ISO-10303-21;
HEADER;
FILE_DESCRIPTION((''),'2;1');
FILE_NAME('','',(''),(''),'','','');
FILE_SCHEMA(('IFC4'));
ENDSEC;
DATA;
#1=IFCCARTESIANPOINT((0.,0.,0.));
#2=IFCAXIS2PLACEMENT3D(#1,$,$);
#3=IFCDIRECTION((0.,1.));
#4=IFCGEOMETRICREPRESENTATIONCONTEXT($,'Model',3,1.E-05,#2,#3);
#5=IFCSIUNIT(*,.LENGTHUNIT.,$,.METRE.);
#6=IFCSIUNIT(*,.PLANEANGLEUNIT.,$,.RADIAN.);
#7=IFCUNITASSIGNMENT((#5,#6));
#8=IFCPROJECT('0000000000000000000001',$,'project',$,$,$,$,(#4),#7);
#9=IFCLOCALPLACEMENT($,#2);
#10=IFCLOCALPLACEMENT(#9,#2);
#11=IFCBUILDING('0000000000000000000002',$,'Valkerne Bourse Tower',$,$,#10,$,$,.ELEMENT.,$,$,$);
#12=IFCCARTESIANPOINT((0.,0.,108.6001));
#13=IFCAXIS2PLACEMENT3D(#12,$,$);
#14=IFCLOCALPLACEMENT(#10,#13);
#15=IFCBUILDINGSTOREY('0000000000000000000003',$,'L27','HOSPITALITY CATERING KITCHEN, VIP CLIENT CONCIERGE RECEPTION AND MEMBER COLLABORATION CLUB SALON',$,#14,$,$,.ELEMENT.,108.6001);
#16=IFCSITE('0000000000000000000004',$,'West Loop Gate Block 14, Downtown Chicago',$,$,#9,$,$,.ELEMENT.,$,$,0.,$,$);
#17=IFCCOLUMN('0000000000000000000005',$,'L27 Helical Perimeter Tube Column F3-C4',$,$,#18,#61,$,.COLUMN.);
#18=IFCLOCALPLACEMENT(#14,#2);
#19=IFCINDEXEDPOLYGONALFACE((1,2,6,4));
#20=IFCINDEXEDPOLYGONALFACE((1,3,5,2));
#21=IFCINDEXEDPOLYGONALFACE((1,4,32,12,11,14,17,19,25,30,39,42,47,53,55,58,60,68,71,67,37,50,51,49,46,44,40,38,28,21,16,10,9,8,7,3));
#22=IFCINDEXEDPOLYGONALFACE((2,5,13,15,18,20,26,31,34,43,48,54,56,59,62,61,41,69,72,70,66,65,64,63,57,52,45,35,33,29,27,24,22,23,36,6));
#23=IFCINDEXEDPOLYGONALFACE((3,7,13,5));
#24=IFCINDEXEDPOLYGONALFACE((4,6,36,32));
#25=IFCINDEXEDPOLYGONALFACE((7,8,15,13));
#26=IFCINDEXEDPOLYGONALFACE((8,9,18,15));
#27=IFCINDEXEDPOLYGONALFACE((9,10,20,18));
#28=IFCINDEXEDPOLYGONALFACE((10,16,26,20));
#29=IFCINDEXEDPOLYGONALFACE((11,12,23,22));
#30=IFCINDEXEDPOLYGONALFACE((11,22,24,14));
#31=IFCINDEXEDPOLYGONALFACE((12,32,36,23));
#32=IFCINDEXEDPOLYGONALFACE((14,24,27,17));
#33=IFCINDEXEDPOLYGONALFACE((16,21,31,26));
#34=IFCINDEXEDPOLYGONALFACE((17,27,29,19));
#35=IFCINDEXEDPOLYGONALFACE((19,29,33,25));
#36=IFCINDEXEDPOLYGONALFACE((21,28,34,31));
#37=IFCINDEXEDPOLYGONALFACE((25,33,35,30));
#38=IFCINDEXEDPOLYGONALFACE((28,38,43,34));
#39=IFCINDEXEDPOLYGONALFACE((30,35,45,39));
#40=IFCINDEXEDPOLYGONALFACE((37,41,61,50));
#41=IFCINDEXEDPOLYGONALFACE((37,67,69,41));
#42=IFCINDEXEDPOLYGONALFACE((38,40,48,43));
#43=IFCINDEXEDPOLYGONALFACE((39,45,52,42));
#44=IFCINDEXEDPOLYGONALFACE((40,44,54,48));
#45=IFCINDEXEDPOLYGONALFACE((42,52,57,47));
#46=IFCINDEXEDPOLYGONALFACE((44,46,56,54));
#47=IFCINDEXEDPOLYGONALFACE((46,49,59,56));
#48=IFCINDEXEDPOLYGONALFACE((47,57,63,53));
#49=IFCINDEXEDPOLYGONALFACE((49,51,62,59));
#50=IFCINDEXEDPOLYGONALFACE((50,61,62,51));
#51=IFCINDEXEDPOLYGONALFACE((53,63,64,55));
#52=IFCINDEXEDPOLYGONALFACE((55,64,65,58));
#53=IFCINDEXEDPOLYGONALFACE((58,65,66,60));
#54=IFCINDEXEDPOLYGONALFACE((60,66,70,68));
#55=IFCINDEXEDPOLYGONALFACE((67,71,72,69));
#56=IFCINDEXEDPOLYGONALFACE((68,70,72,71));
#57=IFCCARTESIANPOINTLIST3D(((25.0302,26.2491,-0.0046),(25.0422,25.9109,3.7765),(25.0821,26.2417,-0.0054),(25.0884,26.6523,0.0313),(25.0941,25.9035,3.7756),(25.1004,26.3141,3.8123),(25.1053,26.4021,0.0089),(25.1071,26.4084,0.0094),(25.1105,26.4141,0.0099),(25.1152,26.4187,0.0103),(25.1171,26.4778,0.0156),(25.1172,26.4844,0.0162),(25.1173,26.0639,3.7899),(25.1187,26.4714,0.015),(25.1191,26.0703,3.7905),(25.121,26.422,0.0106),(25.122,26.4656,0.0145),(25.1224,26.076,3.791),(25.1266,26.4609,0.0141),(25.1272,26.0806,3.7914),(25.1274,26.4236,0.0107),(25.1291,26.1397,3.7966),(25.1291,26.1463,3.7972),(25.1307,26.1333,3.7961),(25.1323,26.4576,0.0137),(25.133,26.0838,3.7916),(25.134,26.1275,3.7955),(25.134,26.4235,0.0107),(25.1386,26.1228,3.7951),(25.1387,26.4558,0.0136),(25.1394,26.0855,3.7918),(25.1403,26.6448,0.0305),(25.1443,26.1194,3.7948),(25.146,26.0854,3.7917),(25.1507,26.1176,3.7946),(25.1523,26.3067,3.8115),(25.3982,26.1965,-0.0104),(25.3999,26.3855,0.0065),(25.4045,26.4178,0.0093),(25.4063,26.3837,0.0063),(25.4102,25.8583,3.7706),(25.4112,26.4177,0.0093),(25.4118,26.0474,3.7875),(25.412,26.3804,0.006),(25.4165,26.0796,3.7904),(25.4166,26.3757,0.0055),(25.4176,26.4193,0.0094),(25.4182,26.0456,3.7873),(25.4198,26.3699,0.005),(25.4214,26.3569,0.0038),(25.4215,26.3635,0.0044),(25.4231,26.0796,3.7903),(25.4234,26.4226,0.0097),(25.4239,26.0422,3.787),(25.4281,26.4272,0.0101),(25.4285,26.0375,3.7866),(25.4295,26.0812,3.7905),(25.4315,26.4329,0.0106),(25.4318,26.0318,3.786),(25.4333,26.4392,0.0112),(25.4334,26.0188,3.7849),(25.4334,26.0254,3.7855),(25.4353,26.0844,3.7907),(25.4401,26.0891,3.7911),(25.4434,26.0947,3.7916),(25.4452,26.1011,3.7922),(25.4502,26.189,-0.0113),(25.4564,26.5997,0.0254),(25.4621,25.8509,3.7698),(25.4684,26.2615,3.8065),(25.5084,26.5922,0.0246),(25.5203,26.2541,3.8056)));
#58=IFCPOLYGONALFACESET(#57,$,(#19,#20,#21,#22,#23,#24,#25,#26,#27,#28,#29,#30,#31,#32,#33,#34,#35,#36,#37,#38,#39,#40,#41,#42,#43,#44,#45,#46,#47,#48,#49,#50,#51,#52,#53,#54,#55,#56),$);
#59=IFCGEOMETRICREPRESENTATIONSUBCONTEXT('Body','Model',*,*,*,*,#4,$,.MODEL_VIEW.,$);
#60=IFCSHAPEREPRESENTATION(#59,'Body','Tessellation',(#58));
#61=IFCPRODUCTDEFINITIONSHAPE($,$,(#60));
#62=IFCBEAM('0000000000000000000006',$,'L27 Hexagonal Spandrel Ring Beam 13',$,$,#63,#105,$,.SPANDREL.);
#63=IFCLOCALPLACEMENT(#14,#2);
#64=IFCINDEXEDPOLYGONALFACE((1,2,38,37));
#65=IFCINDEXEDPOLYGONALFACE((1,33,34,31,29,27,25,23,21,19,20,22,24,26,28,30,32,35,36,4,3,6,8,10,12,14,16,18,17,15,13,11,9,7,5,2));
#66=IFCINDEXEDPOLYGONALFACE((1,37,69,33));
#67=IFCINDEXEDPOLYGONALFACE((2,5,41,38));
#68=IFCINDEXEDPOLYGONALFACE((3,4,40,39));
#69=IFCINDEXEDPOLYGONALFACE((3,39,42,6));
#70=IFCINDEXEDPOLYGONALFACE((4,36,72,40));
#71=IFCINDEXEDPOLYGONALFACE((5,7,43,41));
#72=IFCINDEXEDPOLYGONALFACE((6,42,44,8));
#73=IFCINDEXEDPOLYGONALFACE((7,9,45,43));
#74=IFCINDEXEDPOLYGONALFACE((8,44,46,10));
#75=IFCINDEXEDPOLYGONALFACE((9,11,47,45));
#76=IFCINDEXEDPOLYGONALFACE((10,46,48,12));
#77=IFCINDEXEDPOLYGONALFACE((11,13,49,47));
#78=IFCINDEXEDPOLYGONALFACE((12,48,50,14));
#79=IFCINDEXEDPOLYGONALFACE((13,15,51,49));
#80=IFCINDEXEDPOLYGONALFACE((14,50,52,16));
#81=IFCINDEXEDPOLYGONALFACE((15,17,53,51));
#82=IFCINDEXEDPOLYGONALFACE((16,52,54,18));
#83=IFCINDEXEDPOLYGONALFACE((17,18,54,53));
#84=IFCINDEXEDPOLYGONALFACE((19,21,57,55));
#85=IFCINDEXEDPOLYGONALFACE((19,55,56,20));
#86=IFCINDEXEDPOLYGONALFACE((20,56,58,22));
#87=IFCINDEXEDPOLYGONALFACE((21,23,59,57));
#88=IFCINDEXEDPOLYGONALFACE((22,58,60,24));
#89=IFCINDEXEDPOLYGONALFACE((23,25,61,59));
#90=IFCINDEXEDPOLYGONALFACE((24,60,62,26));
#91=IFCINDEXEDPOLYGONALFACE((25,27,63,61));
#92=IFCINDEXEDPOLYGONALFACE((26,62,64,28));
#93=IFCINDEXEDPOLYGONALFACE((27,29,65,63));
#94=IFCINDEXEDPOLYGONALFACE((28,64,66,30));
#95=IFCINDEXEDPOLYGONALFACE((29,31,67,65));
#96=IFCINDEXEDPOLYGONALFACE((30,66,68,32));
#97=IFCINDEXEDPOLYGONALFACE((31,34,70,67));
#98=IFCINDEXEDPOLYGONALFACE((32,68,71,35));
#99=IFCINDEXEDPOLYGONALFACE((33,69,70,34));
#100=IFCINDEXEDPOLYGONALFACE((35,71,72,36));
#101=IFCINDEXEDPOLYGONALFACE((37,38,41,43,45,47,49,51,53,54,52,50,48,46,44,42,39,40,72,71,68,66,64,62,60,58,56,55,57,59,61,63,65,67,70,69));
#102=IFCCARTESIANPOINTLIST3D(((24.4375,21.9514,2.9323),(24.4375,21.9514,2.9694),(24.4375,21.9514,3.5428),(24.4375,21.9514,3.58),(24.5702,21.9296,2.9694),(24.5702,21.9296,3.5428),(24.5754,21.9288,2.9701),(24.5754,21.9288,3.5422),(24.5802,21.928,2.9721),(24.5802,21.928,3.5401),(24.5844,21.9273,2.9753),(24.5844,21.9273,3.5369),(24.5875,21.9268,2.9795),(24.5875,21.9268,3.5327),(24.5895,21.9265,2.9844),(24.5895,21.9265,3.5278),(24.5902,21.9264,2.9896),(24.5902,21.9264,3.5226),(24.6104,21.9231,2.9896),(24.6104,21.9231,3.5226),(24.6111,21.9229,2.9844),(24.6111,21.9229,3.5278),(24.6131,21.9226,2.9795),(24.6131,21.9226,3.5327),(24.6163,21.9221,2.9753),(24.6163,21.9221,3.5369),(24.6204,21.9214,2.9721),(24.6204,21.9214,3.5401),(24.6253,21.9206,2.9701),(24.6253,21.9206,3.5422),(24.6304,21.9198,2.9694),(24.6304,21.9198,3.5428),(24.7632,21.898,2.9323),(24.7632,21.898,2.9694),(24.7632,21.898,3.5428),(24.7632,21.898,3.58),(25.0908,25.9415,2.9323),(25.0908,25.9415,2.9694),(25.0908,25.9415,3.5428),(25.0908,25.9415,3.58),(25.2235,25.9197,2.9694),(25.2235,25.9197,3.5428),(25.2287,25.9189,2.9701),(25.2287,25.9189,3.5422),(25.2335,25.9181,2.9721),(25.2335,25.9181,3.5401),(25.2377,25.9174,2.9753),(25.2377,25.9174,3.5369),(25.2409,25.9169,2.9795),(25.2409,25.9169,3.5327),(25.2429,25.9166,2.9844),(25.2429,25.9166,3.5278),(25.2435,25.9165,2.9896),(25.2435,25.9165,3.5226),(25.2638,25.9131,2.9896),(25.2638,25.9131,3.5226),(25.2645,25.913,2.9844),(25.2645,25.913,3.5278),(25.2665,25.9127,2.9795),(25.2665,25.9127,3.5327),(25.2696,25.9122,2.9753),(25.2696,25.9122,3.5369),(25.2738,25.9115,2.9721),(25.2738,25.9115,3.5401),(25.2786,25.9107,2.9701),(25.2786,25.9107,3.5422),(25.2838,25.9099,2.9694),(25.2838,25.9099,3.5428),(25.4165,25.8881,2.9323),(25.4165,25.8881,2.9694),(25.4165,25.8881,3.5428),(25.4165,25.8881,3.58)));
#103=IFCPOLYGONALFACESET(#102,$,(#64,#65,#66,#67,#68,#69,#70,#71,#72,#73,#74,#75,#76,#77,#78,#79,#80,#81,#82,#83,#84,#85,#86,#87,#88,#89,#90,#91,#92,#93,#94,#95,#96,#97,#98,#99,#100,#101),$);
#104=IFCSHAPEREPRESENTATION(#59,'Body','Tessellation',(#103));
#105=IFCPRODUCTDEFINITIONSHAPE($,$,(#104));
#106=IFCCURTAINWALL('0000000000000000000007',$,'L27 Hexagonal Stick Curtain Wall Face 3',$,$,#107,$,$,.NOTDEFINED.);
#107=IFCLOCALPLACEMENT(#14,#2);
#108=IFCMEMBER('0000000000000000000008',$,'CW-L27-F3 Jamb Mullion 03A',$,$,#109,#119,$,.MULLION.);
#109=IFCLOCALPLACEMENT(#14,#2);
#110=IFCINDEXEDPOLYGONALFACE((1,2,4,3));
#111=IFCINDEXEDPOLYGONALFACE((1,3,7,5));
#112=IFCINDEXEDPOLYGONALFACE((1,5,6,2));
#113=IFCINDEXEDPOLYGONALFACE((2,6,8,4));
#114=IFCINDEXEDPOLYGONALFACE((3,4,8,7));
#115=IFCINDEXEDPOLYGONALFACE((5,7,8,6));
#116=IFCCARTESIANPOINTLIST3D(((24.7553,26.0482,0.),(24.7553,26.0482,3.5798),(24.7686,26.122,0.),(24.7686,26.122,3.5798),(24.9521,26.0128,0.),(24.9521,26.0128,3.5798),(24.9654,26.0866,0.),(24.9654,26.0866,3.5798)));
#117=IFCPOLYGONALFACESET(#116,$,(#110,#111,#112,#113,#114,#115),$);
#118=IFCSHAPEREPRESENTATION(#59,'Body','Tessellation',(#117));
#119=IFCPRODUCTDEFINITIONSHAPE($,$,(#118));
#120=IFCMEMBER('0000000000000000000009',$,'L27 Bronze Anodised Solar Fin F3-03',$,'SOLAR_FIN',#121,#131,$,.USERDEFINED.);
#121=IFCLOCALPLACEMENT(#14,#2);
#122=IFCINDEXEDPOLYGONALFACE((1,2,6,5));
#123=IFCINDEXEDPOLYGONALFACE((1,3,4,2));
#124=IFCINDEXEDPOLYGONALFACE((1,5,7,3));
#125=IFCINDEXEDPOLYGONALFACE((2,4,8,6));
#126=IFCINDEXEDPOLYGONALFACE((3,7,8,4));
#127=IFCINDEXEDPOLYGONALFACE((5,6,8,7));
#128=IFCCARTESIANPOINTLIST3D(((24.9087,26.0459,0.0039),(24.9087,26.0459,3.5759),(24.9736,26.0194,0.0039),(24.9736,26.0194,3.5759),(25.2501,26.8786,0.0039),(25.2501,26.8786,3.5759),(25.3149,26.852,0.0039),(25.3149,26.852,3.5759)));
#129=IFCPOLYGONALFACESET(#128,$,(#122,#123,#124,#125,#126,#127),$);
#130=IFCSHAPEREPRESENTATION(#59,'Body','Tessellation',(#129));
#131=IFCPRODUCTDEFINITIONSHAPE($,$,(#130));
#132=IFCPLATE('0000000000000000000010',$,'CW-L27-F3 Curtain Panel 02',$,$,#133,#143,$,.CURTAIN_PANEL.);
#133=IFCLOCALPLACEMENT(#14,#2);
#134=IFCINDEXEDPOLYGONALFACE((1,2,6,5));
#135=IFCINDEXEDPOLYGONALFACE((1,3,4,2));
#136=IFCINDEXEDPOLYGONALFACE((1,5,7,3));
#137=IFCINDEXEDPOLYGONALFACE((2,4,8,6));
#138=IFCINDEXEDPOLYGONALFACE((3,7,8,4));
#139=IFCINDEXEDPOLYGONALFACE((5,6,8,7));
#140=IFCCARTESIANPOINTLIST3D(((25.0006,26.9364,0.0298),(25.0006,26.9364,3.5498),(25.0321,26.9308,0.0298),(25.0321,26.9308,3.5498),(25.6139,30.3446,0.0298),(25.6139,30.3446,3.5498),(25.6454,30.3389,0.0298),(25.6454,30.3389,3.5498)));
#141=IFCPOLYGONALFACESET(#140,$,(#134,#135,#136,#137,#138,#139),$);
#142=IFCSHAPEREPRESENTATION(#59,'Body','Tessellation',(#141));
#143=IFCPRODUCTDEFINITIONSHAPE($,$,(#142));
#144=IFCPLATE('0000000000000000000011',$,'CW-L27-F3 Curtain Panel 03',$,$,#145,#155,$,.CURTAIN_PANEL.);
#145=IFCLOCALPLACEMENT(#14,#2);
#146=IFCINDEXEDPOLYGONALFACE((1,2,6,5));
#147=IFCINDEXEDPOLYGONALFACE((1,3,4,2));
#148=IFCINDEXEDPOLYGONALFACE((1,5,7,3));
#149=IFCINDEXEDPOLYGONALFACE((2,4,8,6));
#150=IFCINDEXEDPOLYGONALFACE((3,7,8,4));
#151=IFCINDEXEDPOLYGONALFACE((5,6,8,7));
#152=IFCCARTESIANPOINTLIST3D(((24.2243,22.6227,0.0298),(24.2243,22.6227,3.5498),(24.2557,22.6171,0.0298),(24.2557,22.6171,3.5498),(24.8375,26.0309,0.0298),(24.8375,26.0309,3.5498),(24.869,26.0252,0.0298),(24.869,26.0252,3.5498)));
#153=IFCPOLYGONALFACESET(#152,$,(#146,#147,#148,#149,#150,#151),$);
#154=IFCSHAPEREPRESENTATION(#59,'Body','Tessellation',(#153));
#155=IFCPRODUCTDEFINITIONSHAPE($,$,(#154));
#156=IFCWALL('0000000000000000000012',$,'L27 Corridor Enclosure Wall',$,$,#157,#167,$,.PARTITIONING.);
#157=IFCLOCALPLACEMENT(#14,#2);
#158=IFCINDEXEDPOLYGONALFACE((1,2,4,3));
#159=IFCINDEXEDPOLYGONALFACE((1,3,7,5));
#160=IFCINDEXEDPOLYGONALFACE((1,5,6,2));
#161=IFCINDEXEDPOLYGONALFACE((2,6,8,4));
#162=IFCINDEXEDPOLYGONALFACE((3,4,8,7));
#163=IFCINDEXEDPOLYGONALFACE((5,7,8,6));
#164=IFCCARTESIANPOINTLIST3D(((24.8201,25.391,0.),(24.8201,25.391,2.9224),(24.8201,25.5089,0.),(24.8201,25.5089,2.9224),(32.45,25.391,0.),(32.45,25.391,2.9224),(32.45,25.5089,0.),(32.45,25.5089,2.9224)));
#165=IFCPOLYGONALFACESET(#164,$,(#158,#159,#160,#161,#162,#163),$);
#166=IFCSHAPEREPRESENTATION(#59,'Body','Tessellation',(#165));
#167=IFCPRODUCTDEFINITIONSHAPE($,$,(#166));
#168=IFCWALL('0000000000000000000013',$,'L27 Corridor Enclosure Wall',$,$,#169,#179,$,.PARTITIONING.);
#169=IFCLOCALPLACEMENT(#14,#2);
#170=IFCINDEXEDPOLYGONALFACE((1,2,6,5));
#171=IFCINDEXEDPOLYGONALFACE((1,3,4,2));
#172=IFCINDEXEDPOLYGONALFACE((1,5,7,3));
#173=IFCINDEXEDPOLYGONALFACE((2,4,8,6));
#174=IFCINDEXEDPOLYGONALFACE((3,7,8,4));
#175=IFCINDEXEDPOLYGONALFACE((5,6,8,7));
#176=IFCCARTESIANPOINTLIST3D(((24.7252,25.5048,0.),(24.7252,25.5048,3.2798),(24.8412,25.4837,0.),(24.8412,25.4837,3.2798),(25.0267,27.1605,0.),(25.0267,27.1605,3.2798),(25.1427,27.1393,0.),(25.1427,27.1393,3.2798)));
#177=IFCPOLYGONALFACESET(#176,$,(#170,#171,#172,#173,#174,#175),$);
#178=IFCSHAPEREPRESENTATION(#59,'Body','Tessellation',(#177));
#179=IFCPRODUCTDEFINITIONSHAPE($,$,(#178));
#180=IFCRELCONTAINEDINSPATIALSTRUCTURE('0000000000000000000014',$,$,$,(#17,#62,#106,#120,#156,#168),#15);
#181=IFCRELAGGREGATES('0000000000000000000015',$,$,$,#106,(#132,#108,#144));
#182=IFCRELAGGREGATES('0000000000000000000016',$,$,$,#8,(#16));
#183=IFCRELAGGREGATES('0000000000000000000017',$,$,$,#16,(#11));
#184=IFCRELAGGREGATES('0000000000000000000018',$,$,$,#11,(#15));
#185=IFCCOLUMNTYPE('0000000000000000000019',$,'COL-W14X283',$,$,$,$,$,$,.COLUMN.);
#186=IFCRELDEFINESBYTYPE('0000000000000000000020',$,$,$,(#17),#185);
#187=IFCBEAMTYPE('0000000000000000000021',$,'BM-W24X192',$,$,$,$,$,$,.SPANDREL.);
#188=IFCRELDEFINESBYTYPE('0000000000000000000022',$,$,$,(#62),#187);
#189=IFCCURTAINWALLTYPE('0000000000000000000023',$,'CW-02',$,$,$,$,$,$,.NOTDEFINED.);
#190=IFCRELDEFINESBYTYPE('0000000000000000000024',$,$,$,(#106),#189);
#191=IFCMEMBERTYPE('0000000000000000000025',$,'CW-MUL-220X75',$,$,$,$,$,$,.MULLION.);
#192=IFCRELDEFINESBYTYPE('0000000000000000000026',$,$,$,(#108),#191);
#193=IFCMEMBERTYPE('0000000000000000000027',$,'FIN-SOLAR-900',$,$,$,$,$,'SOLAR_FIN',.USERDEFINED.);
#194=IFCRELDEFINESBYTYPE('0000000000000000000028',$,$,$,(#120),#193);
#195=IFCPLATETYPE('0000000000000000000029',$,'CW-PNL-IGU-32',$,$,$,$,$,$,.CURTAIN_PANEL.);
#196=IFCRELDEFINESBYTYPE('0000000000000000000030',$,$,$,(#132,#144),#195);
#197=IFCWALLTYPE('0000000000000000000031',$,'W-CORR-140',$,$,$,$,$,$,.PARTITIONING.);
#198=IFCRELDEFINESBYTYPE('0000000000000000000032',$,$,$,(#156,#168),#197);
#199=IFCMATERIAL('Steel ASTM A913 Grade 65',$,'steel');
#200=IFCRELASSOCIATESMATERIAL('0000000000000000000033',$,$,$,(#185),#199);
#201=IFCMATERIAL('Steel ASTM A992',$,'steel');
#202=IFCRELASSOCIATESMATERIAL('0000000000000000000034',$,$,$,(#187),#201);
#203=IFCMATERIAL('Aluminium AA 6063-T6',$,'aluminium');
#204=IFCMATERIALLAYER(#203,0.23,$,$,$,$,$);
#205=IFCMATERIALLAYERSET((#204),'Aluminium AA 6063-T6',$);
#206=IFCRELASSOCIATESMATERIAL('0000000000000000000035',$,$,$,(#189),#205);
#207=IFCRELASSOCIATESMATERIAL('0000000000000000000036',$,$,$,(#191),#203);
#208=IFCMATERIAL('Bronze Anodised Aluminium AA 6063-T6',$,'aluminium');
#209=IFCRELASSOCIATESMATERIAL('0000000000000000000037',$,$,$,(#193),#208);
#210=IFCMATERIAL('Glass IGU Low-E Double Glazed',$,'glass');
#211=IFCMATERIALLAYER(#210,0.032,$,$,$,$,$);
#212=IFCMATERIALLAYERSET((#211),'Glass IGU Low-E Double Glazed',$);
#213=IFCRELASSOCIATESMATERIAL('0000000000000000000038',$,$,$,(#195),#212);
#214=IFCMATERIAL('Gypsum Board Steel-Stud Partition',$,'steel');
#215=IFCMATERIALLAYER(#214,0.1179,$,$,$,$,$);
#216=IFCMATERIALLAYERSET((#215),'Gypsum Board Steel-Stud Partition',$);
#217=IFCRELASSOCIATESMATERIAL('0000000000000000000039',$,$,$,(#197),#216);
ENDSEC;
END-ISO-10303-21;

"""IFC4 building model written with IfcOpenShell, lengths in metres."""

from ifc_helpers import new_model, si_unit, direction, frame, frame_2d, origin, origin_2d, place, context, subcontext, project, spatial, rectangle, i_section, extrude, material, layer, layer_set, material_profile, profile_set, type_object, element, aggregate, save


model = new_model("IFC4")

# Units and contexts
model_context = context("Model", 3, precision=1e-05, world=origin(), true_north=direction((0.0, 1.0)))
body_context = subcontext(model_context, "Body", "Model", "MODEL_VIEW")
ifc_project = project(units=[si_unit("LENGTHUNIT", "METRE"), si_unit("PLANEANGLEUNIT", "RADIAN")], contexts=[model_context])

# Site, building, storey
site_placement = place(None, origin())
site = spatial("IfcSite", under=ifc_project, at=site_placement, Name="West Loop Gate Block 14, Downtown Chicago", CompositionType="ELEMENT", RefElevation=0.0)
building_placement = place(site_placement, origin())
building = spatial("IfcBuilding", under=site, at=building_placement, Name="Valkerne Bourse Tower", CompositionType="ELEMENT")
storey_placement = place(building_placement, frame((0.0, 0.0, 108.6001)))
storey = spatial("IfcBuildingStorey", under=building, at=storey_placement, Name="L27", Description="HOSPITALITY CATERING KITCHEN, VIP CLIENT CONCIERGE RECEPTION AND MEMBER COLLABORATION CLUB SALON", CompositionType="ELEMENT", Elevation=108.6001)

# Column
ifc_material_1 = material(Name="Steel ASTM A913 Grade 65", Category="steel")
ifc_material_profile_1 = material_profile(ifc_material_1, i_section(OverallWidth=0.4089, OverallDepth=0.4243, WebThickness=0.0327, FlangeThickness=0.0525, FilletRadius=0.0254, at=origin_2d()), Name="W14X283")
ifc_profile_set_1 = profile_set([ifc_material_profile_1], Name="Steel ASTM A913 Grade 65")
column_type = type_object("IfcColumnType", Name="COL-W14X283", PredefinedType="COLUMN", material=ifc_profile_set_1)
column_placement = place(storey_placement, frame((25.2693, 26.4207, 0.01), z_axis=(0.003151, -0.089074, 0.99602), x_axis=(-0.142314, -0.985927, -0.087721)))
element("IfcColumn", 1, at=column_placement, inside=storey, type_object=column_type, Name="L27 Helical Perimeter Tube Column F3-C4", PredefinedType="COLUMN", context=body_context, shape_type="SweptSolid", body=[
    extrude(i_section(OverallWidth=0.4089, OverallDepth=0.4243, WebThickness=0.0327, FlangeThickness=0.0525, FilletRadius=0.0254, at=origin_2d()), origin(), (0.0, 0.0, 1.0), 3.7961),
])

# Beam
ifc_material_2 = material(Name="Steel ASTM A992", Category="steel")
ifc_material_profile_2 = material_profile(ifc_material_2, i_section(OverallWidth=0.3301, OverallDepth=0.6477, WebThickness=0.0205, FlangeThickness=0.0371, FilletRadius=0.0203, at=origin_2d()), Name="W24X192")
ifc_profile_set_2 = profile_set([ifc_material_profile_2], Name="Steel ASTM A992")
beam_type = type_object("IfcBeamType", Name="BM-W24X192", PredefinedType="SPANDREL", material=ifc_profile_set_2)
beam_placement = place(storey_placement, frame((25.2537, 25.9148, 3.2561), z_axis=(-0.161588, -0.986858, 0.0), x_axis=(0.986858, -0.161588, 0.0)))
element("IfcBeam", 2, at=beam_placement, inside=storey, type_object=beam_type, Name="L27 Hexagonal Spandrel Ring Beam 13", PredefinedType="SPANDREL", context=body_context, shape_type="SweptSolid", body=[
    extrude(i_section(OverallWidth=0.3301, OverallDepth=0.6477, WebThickness=0.0205, FlangeThickness=0.0371, FilletRadius=0.0203, at=origin_2d()), origin(), (0.0, 0.0, 1.0), 4.0432),
])

# Curtain wall, member
ifc_material_3 = material(Name="Aluminium AA 6063-T6", Category="aluminium")
ifc_layer_1 = layer(ifc_material_3, 0.23)
ifc_layer_set_1 = layer_set([ifc_layer_1], Name="Aluminium AA 6063-T6")
curtain_wall_type = type_object("IfcCurtainWallType", Name="CW-02", PredefinedType="NOTDEFINED", material=ifc_layer_set_1)
curtain_wall_placement = place(storey_placement, origin())
curtain_wall = element("IfcCurtainWall", 3, at=curtain_wall_placement, inside=storey, type_object=curtain_wall_type, Name="L27 Hexagonal Stick Curtain Wall Face 3", PredefinedType="NOTDEFINED")
ifc_material_profile_3 = material_profile(ifc_material_3, rectangle(XDim=0.075, YDim=0.2, at=origin_2d()), Name="CWM-75X200")
ifc_profile_set_3 = profile_set([ifc_material_profile_3], Name="Aluminium AA 6063-T6")
member_type_1 = type_object("IfcMemberType", Name="CW-MUL-220X75", PredefinedType="MULLION", material=ifc_profile_set_3)
member_1_placement = place(storey_placement, frame((24.8604, 26.0674, 0.0), z_axis=(0.0, 0.0, 1.0), x_axis=(-0.177094, -0.984194, 0.0)))
member_1 = element("IfcMember", 4, at=member_1_placement, type_object=member_type_1, Name="CW-L27-F3 Jamb Mullion 03A", PredefinedType="MULLION", context=body_context, shape_type="SweptSolid", body=[
    extrude(rectangle(XDim=0.075, YDim=0.2, at=origin_2d()), origin(), (0.0, 0.0, 1.0), 3.5798),
])

# Member
ifc_material_4 = material(Name="Bronze Anodised Aluminium AA 6063-T6", Category="aluminium")
ifc_material_profile_4 = material_profile(ifc_material_4, rectangle(XDim=0.0701, YDim=0.8999, at=origin_2d()), Name="FIN-70X900")
ifc_profile_set_4 = profile_set([ifc_material_profile_4], Name="Bronze Anodised Aluminium AA 6063-T6")
member_type_2 = type_object("IfcMemberType", Name="FIN-SOLAR-900", ElementType="SOLAR_FIN", PredefinedType="USERDEFINED", material=ifc_profile_set_4)
member_2_placement = place(storey_placement, frame((25.1118, 26.449, 0.0039), z_axis=(0.0, 0.0, 1.0), x_axis=(-0.925288, 0.379265, 0.0)))
element("IfcMember", 5, at=member_2_placement, inside=storey, type_object=member_type_2, Name="L27 Bronze Anodised Solar Fin F3-03", ObjectType="SOLAR_FIN", PredefinedType="USERDEFINED", context=body_context, shape_type="SweptSolid", body=[
    extrude(rectangle(XDim=0.0701, YDim=0.8999, at=origin_2d()), origin(), (0.0, 0.0, 1.0), 3.572),
])

# Plates
ifc_material_5 = material(Name="Glass IGU Low-E Double Glazed", Category="glass")
ifc_layer_2 = layer(ifc_material_5, 0.032)
ifc_layer_set_2 = layer_set([ifc_layer_2], Name="Glass IGU Low-E Double Glazed")
plate_type = type_object("IfcPlateType", Name="CW-PNL-IGU-32", PredefinedType="CURTAIN_PANEL", material=ifc_layer_set_2)
plate_1_placement = place(storey_placement, frame((25.323, 28.6377, 0.0298), z_axis=(0.0, 0.0, 1.0), x_axis=(-0.177094, -0.984194, 0.0)))
plate_1 = element("IfcPlate", 6, at=plate_1_placement, type_object=plate_type, Name="CW-L27-F3 Curtain Panel 02", PredefinedType="CURTAIN_PANEL", context=body_context, shape_type="SweptSolid", body=[
    extrude(rectangle(XDim=3.4629, YDim=0.032, at=origin_2d()), origin(), (0.0, 0.0, 1.0), 3.52),
])
plate_2_placement = place(storey_placement, frame((24.5466, 24.324, 0.0298), z_axis=(0.0, 0.0, 1.0), x_axis=(-0.177094, -0.984194, 0.0)))
plate_2 = element("IfcPlate", 7, at=plate_2_placement, type_object=plate_type, Name="CW-L27-F3 Curtain Panel 03", PredefinedType="CURTAIN_PANEL", context=body_context, shape_type="SweptSolid", body=[
    extrude(rectangle(XDim=3.4629, YDim=0.032, at=origin_2d()), origin(), (0.0, 0.0, 1.0), 3.52),
])
aggregate(curtain_wall, [plate_1, member_1, plate_2])

# Walls
ifc_material_6 = material(Name="Gypsum Board Steel-Stud Partition", Category="steel")
ifc_layer_3 = layer(ifc_material_6, 0.1179)
ifc_layer_set_3 = layer_set([ifc_layer_3], Name="Gypsum Board Steel-Stud Partition")
wall_type_1 = type_object("IfcWallType", Name="W-CORR-140", PredefinedType="PARTITIONING", material=ifc_layer_set_3)
wall_1_placement = place(storey_placement, frame((32.45, 25.45, 0.0), z_axis=(0.0, 0.0, 1.0), x_axis=(-1.0, 0.0, 0.0)))
element("IfcWall", 8, at=wall_1_placement, inside=storey, type_object=wall_type_1, Name="L27 Corridor Enclosure Wall", PredefinedType="PARTITIONING", context=body_context, shape_type="SweptSolid", body=[
    extrude(rectangle(XDim=7.6299, YDim=0.1179, at=frame_2d((3.8149, 0.0))), origin(), (0.0, 0.0, 1.0), 2.9224),
])
wall_2_placement = place(storey_placement, frame((24.7832, 25.4944, 0.0), z_axis=(0.0, 0.0, 1.0), x_axis=(0.179179, 0.983816, 0.0)))
element("IfcWall", 9, at=wall_2_placement, inside=storey, type_object=wall_type_1, Name="L27 Corridor Enclosure Wall", PredefinedType="PARTITIONING", context=body_context, shape_type="SweptSolid", body=[
    extrude(rectangle(XDim=1.6829, YDim=0.1179, at=frame_2d((0.8413, 0.0))), origin(), (0.0, 0.0, 1.0), 3.2798),
])

save(model, "model.ifc")
